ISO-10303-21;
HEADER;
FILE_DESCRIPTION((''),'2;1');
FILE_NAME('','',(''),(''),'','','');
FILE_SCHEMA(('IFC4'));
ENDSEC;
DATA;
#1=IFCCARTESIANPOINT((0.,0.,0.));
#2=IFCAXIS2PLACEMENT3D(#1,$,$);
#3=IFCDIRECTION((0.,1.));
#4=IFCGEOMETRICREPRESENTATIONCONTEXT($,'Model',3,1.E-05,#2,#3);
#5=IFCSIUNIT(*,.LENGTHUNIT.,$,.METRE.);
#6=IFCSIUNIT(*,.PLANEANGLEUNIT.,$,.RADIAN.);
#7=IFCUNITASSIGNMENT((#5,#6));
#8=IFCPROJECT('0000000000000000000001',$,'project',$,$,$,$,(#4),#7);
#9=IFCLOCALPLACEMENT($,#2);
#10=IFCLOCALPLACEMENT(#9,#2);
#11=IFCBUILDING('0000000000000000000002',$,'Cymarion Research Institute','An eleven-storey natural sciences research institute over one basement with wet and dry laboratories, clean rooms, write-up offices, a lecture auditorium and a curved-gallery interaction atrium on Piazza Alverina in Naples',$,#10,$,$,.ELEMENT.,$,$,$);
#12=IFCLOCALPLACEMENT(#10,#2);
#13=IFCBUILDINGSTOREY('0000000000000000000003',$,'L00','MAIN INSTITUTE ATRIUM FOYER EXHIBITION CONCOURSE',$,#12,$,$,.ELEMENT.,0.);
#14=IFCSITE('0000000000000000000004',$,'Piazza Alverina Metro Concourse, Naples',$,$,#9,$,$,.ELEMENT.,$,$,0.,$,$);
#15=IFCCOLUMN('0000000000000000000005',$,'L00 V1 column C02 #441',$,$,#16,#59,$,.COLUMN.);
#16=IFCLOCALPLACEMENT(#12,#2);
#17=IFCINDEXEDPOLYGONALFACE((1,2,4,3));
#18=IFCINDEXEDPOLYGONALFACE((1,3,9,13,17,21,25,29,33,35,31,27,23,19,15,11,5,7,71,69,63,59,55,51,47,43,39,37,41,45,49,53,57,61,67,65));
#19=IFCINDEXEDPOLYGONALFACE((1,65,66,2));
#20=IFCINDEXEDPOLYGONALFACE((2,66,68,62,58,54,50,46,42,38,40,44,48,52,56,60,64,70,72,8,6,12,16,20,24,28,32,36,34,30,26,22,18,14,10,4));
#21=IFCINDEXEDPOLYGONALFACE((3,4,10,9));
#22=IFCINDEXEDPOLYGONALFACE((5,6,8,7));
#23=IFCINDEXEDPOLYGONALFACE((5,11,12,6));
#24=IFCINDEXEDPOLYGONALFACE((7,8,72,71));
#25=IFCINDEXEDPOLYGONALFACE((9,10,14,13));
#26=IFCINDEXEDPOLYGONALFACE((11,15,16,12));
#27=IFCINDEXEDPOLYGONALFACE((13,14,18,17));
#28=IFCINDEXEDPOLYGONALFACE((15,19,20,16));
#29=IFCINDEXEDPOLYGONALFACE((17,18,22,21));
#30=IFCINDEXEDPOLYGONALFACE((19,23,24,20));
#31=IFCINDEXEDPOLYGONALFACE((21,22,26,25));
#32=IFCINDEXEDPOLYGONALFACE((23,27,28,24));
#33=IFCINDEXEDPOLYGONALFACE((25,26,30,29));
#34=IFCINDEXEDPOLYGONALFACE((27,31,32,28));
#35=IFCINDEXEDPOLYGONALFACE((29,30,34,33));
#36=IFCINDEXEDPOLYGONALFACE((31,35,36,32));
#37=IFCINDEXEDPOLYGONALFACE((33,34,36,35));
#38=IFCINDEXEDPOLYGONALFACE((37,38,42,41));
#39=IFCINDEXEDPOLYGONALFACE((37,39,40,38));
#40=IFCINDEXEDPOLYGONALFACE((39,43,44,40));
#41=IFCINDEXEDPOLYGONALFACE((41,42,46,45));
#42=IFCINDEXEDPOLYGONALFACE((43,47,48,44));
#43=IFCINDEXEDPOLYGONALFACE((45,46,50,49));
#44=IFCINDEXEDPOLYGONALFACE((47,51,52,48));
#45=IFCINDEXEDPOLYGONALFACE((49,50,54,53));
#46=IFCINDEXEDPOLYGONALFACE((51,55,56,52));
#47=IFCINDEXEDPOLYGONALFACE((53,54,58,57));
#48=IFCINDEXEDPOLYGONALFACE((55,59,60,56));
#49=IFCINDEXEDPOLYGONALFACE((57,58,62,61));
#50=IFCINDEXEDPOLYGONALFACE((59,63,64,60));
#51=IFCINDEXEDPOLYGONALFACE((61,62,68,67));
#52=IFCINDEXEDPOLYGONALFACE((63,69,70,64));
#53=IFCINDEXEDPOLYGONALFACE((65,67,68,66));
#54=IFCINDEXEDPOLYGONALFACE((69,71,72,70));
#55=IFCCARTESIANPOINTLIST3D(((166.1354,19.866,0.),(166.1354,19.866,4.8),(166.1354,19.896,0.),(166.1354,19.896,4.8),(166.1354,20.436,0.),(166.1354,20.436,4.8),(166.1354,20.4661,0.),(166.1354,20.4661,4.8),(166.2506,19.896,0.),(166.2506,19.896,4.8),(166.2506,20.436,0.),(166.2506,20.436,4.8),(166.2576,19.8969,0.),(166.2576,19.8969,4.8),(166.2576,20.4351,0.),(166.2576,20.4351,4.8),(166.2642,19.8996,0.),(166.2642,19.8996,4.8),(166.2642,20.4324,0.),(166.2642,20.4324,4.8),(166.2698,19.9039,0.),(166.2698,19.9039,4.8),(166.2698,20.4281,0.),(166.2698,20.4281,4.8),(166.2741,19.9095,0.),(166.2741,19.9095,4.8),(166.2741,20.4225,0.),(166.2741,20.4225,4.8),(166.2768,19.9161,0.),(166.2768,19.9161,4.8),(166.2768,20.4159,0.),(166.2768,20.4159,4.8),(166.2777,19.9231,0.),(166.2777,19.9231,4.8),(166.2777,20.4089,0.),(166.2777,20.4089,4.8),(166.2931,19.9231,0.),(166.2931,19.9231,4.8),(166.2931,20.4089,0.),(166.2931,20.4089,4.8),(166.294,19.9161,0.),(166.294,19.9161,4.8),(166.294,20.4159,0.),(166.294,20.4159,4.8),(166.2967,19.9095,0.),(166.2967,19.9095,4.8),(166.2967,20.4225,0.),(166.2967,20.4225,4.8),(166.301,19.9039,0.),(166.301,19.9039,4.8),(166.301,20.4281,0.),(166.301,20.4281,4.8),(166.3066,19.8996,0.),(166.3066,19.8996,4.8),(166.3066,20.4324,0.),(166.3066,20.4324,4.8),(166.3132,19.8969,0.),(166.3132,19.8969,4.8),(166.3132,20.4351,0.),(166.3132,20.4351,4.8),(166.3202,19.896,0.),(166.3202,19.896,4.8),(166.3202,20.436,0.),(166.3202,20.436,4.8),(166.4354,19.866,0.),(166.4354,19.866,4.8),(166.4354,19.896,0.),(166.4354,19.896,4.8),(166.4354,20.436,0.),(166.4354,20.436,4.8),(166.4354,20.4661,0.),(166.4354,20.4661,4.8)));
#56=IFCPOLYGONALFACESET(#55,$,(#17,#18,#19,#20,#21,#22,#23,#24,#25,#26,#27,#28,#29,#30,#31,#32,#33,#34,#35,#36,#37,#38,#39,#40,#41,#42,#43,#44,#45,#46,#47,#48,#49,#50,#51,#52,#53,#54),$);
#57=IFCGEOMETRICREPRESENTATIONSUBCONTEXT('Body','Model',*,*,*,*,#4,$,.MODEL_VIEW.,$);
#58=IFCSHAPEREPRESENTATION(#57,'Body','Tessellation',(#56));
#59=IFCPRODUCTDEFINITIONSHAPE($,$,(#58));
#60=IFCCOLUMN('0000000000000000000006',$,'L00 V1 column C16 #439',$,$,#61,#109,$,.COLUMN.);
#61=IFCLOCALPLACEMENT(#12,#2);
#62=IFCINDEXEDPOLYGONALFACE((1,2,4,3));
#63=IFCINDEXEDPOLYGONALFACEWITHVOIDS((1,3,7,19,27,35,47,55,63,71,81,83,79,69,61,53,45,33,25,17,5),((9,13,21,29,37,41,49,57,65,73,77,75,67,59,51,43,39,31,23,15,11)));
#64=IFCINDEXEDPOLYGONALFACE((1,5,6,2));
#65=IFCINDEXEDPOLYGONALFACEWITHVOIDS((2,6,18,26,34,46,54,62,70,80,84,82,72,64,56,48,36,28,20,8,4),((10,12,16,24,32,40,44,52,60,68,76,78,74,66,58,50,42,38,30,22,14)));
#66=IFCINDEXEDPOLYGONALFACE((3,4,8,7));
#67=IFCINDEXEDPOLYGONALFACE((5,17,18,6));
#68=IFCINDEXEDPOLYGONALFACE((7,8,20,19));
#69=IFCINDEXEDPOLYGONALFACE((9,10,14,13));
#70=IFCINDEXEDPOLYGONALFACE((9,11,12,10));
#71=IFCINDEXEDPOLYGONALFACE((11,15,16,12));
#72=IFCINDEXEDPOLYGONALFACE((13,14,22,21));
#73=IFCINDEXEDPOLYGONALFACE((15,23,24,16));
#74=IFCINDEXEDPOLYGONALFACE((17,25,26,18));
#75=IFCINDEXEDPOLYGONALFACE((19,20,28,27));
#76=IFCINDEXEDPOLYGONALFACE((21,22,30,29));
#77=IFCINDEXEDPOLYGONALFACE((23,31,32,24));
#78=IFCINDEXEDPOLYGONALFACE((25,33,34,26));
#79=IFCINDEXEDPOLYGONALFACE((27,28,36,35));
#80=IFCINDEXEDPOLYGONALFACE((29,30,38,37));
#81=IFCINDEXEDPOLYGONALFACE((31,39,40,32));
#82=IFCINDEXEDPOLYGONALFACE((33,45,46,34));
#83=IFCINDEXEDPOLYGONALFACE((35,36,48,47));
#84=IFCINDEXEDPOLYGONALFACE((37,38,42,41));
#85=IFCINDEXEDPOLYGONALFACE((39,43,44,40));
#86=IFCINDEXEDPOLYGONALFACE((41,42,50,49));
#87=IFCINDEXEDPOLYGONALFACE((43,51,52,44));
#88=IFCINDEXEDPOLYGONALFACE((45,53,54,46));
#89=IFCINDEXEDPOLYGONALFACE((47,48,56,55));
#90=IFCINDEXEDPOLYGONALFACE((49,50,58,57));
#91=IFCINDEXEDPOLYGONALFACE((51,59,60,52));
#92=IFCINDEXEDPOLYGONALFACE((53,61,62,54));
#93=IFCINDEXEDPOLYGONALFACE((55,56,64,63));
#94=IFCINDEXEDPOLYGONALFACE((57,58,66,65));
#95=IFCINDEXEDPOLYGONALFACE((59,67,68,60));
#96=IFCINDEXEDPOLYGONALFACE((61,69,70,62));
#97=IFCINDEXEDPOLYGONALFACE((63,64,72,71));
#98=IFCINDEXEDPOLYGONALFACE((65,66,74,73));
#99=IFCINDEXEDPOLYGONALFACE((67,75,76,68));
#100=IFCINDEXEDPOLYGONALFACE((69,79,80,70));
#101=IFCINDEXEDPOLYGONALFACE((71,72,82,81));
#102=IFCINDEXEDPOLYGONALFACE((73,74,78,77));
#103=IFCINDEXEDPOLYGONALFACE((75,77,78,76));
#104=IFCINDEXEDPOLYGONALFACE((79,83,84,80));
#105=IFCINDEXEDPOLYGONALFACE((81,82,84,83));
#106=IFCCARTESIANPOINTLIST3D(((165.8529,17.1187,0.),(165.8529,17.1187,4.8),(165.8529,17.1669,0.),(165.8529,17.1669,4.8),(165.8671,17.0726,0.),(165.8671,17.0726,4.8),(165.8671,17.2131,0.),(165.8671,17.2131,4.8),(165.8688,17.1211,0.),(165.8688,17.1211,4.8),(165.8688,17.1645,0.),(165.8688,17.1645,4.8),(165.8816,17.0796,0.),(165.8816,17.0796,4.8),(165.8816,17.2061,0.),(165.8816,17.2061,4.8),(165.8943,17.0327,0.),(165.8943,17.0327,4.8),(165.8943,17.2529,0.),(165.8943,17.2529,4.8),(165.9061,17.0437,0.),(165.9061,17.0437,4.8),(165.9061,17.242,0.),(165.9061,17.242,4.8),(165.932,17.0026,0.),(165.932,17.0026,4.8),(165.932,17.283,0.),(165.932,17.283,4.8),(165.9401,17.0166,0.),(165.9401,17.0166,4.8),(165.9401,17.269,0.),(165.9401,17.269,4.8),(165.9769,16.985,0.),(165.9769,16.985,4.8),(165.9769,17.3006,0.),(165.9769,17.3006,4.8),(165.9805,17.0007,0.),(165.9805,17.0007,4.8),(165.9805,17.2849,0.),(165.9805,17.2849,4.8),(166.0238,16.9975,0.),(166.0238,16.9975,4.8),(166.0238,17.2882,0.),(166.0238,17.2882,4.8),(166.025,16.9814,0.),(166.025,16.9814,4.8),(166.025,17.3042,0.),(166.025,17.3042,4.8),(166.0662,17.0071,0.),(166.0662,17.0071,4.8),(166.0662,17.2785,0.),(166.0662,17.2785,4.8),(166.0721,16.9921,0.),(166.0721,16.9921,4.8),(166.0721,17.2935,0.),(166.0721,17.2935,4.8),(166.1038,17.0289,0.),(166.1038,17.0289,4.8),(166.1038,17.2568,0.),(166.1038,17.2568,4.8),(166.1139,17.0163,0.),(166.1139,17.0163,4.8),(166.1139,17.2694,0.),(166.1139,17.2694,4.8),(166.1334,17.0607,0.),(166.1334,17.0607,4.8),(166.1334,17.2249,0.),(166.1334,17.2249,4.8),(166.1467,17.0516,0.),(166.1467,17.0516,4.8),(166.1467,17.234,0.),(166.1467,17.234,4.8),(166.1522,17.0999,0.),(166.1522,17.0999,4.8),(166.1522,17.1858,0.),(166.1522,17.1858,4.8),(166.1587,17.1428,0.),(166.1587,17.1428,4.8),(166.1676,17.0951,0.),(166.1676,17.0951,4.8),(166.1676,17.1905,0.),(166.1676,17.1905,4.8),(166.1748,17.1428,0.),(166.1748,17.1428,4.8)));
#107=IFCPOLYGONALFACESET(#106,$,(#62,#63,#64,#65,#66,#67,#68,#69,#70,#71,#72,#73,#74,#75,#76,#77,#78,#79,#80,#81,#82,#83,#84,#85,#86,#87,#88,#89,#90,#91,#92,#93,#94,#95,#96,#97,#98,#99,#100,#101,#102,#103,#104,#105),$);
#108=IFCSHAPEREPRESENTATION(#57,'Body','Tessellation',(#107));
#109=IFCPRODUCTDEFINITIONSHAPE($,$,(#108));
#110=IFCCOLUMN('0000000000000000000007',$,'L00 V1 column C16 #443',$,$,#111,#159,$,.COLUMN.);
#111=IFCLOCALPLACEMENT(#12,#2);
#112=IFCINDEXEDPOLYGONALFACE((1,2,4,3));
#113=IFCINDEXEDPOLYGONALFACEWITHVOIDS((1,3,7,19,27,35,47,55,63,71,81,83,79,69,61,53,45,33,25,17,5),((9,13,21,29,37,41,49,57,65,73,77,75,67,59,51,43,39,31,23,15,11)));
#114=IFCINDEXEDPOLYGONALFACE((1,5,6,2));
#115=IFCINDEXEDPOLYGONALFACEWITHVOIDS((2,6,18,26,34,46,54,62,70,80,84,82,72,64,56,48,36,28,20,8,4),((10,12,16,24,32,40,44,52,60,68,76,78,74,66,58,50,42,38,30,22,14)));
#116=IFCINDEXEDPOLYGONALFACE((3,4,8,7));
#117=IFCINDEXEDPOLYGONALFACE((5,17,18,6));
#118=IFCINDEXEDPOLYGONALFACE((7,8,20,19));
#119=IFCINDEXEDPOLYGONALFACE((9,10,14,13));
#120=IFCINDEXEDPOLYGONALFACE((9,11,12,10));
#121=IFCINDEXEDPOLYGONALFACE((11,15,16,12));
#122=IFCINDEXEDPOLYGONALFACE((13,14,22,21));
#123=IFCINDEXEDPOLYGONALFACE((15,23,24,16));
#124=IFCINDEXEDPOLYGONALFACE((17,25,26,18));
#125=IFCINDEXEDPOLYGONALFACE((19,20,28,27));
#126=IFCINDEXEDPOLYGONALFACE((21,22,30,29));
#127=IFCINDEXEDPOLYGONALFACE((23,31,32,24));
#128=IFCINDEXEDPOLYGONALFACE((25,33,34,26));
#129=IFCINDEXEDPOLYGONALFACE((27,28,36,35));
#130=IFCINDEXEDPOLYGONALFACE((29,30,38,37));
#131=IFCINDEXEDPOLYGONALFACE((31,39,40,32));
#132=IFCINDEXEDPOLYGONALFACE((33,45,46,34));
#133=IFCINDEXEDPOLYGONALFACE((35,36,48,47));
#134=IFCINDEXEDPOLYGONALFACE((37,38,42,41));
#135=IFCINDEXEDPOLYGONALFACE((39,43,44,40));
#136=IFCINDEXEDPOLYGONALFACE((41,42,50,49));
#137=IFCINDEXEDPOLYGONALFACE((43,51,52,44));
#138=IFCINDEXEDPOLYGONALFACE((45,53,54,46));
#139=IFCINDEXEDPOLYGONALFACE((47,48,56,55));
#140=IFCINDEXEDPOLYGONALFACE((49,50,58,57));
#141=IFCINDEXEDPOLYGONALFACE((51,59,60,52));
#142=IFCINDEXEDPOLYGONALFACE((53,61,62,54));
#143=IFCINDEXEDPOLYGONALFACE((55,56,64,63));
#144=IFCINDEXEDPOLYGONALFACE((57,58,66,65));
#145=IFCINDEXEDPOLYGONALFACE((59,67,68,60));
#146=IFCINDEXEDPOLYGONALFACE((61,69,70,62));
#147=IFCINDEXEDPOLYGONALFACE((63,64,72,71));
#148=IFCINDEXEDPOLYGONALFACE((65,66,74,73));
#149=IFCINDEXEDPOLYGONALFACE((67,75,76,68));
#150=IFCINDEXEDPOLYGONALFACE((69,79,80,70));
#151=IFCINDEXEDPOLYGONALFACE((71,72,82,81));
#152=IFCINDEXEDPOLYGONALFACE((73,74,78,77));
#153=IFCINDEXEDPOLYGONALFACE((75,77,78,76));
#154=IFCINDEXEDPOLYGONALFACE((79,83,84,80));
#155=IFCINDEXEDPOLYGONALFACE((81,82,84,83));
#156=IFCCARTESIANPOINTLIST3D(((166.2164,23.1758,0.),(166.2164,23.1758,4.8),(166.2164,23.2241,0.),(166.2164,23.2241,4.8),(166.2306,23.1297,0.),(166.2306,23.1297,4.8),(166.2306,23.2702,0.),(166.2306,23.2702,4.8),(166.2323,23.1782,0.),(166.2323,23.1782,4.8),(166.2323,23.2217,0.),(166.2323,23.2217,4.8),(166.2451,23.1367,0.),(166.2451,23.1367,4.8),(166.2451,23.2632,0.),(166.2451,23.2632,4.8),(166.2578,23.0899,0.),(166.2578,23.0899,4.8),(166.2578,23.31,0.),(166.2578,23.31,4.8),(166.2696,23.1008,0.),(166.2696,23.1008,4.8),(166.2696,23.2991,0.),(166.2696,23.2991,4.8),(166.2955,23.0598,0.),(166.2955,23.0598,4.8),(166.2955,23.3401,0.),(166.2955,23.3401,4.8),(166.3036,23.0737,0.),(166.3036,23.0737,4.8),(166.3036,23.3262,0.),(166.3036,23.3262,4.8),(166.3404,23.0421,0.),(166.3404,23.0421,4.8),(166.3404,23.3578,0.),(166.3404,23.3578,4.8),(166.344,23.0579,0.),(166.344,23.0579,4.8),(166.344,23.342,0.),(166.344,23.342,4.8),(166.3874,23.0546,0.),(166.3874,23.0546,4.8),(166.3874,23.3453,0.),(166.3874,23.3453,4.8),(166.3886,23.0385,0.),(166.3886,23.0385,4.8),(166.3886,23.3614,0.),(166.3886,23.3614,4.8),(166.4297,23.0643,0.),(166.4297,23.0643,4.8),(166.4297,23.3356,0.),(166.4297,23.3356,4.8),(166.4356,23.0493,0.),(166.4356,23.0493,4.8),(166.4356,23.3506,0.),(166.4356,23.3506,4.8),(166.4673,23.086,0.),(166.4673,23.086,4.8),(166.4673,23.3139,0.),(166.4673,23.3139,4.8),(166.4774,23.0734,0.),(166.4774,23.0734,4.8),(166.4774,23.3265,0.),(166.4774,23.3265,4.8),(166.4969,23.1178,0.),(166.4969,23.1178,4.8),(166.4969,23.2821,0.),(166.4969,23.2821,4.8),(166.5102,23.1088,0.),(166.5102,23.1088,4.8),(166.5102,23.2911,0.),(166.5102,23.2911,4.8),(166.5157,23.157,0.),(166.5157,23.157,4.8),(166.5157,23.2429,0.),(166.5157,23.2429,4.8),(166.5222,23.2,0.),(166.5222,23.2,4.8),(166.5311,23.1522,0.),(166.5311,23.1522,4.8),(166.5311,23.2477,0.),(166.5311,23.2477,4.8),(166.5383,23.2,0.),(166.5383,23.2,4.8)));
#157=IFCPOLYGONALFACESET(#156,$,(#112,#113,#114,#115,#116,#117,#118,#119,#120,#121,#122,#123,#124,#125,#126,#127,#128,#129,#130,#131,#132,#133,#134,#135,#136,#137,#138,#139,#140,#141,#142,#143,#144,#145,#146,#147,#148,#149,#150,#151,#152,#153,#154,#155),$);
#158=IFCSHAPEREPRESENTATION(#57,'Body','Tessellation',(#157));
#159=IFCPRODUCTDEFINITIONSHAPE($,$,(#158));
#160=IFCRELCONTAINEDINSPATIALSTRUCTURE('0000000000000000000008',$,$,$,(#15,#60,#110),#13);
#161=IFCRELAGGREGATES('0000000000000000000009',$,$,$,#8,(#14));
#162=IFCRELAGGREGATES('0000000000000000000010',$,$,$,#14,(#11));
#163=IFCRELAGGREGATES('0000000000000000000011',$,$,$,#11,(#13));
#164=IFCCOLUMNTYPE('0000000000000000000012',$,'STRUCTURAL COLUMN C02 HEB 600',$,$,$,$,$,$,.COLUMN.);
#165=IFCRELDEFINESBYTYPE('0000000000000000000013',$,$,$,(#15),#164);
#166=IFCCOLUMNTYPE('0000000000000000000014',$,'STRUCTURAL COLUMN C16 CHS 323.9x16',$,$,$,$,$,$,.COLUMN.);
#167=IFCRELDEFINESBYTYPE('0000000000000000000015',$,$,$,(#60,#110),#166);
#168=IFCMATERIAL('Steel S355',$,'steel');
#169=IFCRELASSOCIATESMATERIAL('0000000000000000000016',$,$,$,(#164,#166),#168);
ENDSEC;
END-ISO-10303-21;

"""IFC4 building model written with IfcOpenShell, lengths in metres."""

from ifc_helpers import new_model, si_unit, direction, frame, origin, origin_2d, place, context, subcontext, project, spatial, hollow_circle, i_section, extrude, material, material_profile, profile_set, type_object, element, save


model = new_model("IFC4")

# Units and contexts
model_context = context("Model", 3, precision=1e-05, world=origin(), true_north=direction((0.0, 1.0)))
body_context = subcontext(model_context, "Body", "Model", "MODEL_VIEW")
ifc_project = project(units=[si_unit("LENGTHUNIT", "METRE"), si_unit("PLANEANGLEUNIT", "RADIAN")], contexts=[model_context])

# Site, building, storey
site_placement = place(None, origin())
site = spatial("IfcSite", under=ifc_project, at=site_placement, Name="Piazza Alverina Metro Concourse, Naples", CompositionType="ELEMENT", RefElevation=0.0)
building_placement = place(site_placement, origin())
building = spatial("IfcBuilding", under=site, at=building_placement, Name="Cymarion Research Institute", Description="An eleven-storey natural sciences research institute over one basement with wet and dry laboratories, clean rooms, write-up offices, a lecture auditorium and a curved-gallery interaction atrium on Piazza Alverina in Naples", CompositionType="ELEMENT")
storey_placement = place(building_placement, origin())
storey = spatial("IfcBuildingStorey", under=building, at=storey_placement, Name="L00", Description="MAIN INSTITUTE ATRIUM FOYER EXHIBITION CONCOURSE", CompositionType="ELEMENT", Elevation=0.0)

# Columns
ifc_material_1 = material(Name="Steel S355", Category="steel")
ifc_material_profile_1 = material_profile(ifc_material_1, i_section(OverallWidth=0.3, OverallDepth=0.6001, WebThickness=0.0154, FlangeThickness=0.03, FilletRadius=0.0271, at=origin_2d()), Name="HEB 600")
ifc_profile_set_1 = profile_set([ifc_material_profile_1], Name="Steel S355")
column_type_1 = type_object("IfcColumnType", Name="STRUCTURAL COLUMN C02 HEB 600", PredefinedType="COLUMN", material=ifc_profile_set_1)
column_placement = place(storey_placement, frame((166.2854, 20.166, 0.0), z_axis=(0.0, 0.0, 1.0), x_axis=(1.0, 0.0, 0.0)))
element("IfcColumn", 1, at=column_placement, inside=storey, type_object=column_type_1, Name="L00 V1 column C02 #441", PredefinedType="COLUMN", context=body_context, shape_type="SweptSolid", body=[
    extrude(i_section(OverallWidth=0.3, OverallDepth=0.6001, WebThickness=0.0154, FlangeThickness=0.03, FilletRadius=0.0271, at=origin_2d()), origin(), (0.0, 0.0, 1.0), 4.8),
])
ifc_material_profile_2 = material_profile(ifc_material_1, hollow_circle(Radius=0.1619, WallThickness=0.0161, at=origin_2d()), Name="CHS 323.9x16")
ifc_profile_set_2 = profile_set([ifc_material_profile_2], Name="Steel S355")
column_type_2 = type_object("IfcColumnType", Name="STRUCTURAL COLUMN C16 CHS 323.9x16", PredefinedType="COLUMN", material=ifc_profile_set_2)
for number, where, z_axis, x_axis, name in (
    (2, (166.0129, 17.1428, 0.0), (0.0, 0.0, 1.0), (1.0, 0.0, 0.0), "L00 V1 column C16 #439"),
    (3, (166.3765, 23.2, 0.0), (0.0, 0.0, 1.0), (1.0, 0.0, 0.0), "L00 V1 column C16 #443"),
):
    element("IfcColumn", number, at=place(storey_placement, frame(where, z_axis=z_axis, x_axis=x_axis)), inside=storey, type_object=column_type_2, Name=name, PredefinedType="COLUMN", context=body_context, shape_type="SweptSolid", body=[
        extrude(hollow_circle(Radius=0.1619, WallThickness=0.0161, at=origin_2d()), origin(), (0.0, 0.0, 1.0), 4.8),
    ])

save(model, "model.ifc")
